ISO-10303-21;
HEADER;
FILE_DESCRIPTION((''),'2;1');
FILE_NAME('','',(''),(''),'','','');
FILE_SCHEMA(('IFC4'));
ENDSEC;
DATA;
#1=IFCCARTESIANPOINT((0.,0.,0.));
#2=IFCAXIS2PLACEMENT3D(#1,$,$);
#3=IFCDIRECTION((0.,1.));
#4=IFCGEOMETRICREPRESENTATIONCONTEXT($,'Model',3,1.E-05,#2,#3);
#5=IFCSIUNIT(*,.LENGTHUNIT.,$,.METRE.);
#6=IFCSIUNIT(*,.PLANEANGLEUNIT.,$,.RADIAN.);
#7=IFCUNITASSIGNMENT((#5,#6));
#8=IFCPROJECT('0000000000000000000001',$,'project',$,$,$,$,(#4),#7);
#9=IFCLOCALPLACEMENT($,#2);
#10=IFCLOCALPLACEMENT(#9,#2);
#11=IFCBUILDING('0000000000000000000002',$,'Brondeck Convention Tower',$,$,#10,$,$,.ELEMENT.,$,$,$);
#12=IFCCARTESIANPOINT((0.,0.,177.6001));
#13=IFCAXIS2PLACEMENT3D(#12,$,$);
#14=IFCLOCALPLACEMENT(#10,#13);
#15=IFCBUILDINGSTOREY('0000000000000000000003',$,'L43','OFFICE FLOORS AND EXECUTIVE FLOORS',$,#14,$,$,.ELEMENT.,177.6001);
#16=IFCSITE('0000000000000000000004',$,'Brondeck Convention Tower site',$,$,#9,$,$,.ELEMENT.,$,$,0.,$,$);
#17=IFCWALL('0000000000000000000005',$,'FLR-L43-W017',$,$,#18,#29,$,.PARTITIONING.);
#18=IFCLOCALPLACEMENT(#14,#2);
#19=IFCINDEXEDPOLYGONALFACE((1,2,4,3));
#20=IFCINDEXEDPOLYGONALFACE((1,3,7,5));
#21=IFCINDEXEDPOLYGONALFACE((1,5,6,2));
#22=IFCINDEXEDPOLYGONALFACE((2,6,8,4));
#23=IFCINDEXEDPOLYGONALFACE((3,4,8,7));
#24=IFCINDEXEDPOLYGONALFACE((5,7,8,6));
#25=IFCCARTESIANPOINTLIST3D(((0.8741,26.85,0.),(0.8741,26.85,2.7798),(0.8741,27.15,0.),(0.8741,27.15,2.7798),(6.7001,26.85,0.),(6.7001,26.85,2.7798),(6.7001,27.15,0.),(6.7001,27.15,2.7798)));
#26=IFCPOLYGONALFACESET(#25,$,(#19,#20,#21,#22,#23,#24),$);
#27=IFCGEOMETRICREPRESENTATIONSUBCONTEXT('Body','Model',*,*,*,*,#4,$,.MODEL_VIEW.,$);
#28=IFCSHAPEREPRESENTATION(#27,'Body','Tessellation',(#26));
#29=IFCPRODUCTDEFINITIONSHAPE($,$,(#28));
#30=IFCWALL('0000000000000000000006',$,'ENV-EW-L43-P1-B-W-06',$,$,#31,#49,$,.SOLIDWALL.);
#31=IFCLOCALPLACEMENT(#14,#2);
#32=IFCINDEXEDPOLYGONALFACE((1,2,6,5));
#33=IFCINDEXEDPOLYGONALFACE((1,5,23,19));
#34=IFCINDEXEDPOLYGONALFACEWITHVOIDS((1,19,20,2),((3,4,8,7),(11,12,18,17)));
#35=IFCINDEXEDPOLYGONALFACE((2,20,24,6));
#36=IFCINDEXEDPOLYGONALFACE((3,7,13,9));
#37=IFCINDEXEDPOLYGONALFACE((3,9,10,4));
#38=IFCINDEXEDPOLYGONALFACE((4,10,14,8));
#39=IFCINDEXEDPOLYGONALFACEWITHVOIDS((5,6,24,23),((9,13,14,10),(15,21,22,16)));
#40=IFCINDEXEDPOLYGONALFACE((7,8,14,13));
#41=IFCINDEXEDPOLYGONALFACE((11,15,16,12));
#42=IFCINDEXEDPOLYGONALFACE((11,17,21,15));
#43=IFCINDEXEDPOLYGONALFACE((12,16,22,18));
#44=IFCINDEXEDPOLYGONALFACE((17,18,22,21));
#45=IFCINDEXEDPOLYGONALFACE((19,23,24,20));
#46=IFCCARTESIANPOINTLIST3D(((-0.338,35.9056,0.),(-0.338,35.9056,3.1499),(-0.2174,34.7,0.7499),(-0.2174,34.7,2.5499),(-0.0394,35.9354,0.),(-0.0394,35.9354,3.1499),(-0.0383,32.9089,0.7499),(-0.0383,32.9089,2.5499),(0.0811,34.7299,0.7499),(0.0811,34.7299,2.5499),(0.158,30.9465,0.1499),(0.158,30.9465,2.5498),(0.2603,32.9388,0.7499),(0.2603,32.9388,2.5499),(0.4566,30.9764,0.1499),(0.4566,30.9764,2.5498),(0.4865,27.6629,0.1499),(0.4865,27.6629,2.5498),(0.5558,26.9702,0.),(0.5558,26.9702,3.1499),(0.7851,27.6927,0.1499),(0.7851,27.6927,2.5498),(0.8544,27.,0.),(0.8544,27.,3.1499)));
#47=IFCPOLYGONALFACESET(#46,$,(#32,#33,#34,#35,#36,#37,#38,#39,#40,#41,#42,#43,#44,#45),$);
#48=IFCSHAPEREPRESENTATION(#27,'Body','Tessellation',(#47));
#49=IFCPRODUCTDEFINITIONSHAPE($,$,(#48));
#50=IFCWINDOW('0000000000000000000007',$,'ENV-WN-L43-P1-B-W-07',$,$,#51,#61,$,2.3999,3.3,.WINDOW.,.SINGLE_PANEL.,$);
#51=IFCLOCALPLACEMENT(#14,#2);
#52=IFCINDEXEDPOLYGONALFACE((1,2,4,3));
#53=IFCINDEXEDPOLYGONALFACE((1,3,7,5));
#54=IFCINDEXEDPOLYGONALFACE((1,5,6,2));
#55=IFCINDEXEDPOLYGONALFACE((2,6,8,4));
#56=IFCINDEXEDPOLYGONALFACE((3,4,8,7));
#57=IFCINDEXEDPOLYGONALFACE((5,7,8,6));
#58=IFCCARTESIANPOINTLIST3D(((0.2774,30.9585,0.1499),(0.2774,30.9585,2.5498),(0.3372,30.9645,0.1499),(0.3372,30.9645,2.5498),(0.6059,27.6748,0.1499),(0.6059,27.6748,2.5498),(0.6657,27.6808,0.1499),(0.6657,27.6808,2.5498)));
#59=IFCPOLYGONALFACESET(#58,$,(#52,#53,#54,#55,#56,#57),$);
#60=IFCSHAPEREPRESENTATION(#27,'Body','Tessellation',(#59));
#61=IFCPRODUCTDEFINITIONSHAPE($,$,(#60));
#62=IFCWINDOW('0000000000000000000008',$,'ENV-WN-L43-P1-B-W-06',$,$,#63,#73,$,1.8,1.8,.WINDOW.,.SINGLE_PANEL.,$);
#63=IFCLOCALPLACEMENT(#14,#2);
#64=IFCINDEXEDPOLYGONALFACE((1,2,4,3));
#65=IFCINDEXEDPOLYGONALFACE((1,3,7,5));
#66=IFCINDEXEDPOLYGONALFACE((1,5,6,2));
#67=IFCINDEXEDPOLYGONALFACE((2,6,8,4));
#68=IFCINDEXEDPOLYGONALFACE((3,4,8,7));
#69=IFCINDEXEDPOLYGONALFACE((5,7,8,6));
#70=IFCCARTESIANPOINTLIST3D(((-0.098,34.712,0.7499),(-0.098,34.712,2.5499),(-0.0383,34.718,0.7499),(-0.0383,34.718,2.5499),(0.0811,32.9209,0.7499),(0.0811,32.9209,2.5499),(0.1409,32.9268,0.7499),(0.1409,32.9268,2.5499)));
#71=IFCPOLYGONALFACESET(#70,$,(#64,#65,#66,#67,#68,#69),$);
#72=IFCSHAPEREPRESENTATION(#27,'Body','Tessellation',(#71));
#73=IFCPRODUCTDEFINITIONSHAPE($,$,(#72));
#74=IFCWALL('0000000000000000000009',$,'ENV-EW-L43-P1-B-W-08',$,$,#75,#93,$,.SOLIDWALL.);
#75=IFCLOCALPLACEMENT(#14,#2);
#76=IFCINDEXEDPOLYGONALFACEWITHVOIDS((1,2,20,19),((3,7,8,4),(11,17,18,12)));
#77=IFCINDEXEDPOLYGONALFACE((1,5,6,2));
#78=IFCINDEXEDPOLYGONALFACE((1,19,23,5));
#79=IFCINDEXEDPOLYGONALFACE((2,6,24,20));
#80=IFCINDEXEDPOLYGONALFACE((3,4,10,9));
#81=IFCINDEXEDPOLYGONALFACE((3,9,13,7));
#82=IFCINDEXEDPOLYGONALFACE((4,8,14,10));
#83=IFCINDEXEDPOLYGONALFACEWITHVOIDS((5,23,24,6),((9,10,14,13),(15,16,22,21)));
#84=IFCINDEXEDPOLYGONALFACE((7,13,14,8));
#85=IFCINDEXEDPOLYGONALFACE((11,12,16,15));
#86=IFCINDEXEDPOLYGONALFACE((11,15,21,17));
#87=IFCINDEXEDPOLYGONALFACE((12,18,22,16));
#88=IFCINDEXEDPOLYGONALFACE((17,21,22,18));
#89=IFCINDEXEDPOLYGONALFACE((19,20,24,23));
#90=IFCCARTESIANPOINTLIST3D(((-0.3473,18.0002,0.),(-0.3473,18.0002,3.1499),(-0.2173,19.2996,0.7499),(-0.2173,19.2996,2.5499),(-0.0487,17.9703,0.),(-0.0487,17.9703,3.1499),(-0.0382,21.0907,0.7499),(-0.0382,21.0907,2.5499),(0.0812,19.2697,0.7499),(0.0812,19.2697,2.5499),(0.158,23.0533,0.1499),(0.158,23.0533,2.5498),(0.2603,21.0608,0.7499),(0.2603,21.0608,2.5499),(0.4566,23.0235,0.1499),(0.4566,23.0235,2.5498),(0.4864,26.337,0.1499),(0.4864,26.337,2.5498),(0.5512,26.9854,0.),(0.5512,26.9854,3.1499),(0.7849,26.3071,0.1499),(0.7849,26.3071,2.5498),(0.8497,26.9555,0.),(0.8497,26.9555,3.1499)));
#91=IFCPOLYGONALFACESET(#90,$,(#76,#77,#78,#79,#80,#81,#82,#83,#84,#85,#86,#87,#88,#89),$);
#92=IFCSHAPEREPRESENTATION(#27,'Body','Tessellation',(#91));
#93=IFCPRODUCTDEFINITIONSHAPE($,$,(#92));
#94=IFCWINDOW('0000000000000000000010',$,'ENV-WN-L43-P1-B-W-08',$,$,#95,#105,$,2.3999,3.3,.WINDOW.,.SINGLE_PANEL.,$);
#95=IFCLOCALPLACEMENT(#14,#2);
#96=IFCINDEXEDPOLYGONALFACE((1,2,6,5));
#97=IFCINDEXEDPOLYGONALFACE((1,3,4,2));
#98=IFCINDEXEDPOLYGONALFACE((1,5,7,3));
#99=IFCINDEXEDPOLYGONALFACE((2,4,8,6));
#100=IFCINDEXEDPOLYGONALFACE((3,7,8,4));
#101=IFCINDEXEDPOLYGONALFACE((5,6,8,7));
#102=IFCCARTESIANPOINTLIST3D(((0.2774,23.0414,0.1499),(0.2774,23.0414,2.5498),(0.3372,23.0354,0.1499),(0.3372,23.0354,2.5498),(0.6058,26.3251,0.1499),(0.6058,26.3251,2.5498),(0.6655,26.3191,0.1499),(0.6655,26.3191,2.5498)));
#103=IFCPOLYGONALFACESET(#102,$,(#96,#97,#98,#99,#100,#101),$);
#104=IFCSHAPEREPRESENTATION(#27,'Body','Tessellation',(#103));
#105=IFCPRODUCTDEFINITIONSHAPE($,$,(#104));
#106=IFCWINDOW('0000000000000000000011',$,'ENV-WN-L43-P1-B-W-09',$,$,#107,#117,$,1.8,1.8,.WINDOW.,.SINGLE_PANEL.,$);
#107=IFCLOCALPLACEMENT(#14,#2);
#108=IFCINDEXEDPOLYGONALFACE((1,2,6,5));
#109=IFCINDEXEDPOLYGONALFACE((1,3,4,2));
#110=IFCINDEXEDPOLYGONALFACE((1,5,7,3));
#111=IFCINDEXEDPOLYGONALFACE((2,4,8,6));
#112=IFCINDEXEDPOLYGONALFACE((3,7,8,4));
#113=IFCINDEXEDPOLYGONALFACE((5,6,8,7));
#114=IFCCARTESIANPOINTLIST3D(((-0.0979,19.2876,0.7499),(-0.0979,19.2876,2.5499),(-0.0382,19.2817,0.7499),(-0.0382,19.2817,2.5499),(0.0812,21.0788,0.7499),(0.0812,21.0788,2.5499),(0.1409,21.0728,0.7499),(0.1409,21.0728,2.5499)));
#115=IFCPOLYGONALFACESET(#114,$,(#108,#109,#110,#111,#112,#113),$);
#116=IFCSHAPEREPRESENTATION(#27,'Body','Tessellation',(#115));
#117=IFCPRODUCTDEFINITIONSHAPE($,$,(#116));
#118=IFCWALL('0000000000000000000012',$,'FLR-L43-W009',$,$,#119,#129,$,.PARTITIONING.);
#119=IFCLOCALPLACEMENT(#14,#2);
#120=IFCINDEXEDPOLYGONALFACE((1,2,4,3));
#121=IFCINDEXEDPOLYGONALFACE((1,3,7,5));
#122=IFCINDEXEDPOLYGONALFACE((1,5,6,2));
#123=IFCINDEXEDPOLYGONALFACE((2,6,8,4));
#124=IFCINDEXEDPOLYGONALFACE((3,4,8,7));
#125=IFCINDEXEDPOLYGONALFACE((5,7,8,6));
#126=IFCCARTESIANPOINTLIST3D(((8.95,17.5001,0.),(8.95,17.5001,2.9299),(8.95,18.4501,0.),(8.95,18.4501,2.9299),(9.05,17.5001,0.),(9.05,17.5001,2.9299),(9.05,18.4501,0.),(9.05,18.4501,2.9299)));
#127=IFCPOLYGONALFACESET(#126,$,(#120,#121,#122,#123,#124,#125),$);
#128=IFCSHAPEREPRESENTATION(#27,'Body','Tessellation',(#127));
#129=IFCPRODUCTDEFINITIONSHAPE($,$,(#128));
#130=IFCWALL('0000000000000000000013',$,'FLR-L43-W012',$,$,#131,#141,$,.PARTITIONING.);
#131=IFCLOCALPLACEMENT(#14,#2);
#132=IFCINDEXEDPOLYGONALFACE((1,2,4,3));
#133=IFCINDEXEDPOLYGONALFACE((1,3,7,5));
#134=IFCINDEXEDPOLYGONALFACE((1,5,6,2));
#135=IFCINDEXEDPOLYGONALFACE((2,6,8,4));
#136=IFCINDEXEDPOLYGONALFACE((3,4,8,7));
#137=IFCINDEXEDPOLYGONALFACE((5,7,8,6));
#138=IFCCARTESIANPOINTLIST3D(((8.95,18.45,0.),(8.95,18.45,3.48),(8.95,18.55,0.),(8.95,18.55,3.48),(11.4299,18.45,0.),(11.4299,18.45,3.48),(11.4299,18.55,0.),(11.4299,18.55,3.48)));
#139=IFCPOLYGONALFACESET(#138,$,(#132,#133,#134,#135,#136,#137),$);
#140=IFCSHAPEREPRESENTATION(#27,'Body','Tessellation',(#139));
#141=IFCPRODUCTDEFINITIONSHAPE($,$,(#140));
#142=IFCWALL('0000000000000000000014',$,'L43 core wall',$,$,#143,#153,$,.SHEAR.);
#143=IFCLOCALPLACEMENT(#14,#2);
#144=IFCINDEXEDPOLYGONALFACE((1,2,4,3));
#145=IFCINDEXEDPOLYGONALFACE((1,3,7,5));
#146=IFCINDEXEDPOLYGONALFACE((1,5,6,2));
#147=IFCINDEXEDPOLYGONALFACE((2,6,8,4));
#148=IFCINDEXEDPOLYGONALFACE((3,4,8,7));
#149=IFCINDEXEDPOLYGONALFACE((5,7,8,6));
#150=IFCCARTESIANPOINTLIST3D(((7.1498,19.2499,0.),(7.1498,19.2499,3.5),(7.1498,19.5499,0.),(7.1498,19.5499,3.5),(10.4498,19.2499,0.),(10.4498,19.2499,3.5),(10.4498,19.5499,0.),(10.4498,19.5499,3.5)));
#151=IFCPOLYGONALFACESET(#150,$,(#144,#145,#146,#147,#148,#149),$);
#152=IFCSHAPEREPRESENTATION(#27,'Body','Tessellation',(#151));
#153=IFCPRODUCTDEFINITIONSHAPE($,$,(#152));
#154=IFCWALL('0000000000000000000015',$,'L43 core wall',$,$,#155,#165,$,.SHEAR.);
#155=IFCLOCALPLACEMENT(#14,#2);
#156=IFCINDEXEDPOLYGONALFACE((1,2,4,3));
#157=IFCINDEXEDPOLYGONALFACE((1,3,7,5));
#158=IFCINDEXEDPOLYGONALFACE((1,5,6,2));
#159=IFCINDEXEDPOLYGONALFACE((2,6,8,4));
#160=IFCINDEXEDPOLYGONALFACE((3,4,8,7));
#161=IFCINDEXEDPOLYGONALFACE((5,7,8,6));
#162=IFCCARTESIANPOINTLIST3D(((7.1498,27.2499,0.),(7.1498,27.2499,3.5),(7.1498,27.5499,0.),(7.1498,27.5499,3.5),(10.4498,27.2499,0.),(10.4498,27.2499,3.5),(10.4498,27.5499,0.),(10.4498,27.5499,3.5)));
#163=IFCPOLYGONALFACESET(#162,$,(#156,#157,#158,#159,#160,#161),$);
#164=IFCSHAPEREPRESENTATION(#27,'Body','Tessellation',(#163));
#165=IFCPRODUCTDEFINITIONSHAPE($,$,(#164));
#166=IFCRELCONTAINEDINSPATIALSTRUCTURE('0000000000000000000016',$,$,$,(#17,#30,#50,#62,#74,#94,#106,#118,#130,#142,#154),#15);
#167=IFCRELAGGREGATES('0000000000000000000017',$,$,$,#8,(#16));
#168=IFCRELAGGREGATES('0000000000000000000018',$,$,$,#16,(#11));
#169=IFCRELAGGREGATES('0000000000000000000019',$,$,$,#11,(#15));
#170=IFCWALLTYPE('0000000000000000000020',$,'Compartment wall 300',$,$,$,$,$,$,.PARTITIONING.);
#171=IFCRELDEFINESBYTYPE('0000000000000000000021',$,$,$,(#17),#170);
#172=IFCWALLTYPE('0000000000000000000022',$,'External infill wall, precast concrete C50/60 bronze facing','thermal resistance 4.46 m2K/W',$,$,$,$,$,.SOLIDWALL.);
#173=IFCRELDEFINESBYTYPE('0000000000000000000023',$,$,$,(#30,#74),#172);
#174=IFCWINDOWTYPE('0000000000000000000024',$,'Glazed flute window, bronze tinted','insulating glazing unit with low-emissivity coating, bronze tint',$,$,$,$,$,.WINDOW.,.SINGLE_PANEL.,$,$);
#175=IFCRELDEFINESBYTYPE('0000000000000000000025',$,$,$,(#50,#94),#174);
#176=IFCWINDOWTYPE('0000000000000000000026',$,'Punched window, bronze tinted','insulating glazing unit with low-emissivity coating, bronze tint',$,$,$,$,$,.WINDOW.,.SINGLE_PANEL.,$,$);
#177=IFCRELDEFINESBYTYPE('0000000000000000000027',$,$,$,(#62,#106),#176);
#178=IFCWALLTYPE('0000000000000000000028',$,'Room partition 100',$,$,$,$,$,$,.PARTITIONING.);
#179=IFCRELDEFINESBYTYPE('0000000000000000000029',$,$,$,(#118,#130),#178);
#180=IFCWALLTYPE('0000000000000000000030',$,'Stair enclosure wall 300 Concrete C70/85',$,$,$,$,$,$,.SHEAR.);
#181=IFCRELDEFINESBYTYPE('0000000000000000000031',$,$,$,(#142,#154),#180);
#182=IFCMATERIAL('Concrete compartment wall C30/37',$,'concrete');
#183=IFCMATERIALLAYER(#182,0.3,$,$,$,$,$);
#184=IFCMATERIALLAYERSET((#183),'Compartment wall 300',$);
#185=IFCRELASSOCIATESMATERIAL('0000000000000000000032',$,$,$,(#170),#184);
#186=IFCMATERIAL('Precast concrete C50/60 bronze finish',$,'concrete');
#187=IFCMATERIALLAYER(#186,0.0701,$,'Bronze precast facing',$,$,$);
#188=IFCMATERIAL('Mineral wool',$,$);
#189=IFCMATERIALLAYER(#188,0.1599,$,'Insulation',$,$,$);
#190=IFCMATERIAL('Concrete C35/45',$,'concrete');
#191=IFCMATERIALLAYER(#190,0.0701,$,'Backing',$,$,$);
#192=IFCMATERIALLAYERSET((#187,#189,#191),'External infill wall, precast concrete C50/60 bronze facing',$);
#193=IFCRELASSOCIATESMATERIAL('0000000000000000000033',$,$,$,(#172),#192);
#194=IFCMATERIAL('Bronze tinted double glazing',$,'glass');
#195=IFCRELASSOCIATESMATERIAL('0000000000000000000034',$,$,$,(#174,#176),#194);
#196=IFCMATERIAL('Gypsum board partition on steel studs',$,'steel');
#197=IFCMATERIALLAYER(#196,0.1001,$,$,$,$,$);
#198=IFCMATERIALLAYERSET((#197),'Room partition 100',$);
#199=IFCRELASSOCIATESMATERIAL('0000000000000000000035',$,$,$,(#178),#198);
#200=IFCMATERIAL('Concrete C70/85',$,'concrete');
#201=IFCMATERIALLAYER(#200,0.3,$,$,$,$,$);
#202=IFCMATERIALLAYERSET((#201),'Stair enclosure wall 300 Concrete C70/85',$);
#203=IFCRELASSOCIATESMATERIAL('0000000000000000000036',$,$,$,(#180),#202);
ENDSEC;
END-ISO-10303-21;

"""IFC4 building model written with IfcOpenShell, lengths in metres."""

from ifc_helpers import new_model, si_unit, direction, frame, frame_2d, origin, place, context, subcontext, project, spatial, rectangle, extrude, material, layer, layer_set, type_object, element, fill, save


model = new_model("IFC4")

# Units and contexts
model_context = context("Model", 3, precision=1e-05, world=origin(), true_north=direction((0.0, 1.0)))
body_context = subcontext(model_context, "Body", "Model", "MODEL_VIEW")
ifc_project = project(units=[si_unit("LENGTHUNIT", "METRE"), si_unit("PLANEANGLEUNIT", "RADIAN")], contexts=[model_context])

# Site, building, storey
site_placement = place(None, origin())
site = spatial("IfcSite", under=ifc_project, at=site_placement, Name="Brondeck Convention Tower site", CompositionType="ELEMENT", RefElevation=0.0)
building_placement = place(site_placement, origin())
building = spatial("IfcBuilding", under=site, at=building_placement, Name="Brondeck Convention Tower", CompositionType="ELEMENT")
storey_placement = place(building_placement, frame((0.0, 0.0, 177.6001)))
storey = spatial("IfcBuildingStorey", under=building, at=storey_placement, Name="L43", Description="OFFICE FLOORS AND EXECUTIVE FLOORS", CompositionType="ELEMENT", Elevation=177.6001)

# Shared definitions
ifc_material_1 = material(Name="Concrete C70/85", Category="concrete")

# Wall
ifc_material_2 = material(Name="Concrete compartment wall C30/37", Category="concrete")
ifc_layer_1 = layer(ifc_material_2, 0.3)
ifc_layer_set_1 = layer_set([ifc_layer_1], Name="Compartment wall 300")
wall_type_1 = type_object("IfcWallType", Name="Compartment wall 300", PredefinedType="PARTITIONING", material=ifc_layer_set_1)
wall_1_placement = place(storey_placement, frame((0.874, 27.0, 0.0), z_axis=(0.0, 0.0, 1.0), x_axis=(1.0, 0.0, 0.0)))
element("IfcWall", 1, at=wall_1_placement, inside=storey, type_object=wall_type_1, Name="FLR-L43-W017", PredefinedType="PARTITIONING", context=body_context, shape_type="SweptSolid", body=[
    extrude(rectangle(XDim=5.8259, YDim=0.3, at=frame_2d((2.9131, 0.0))), origin(), (0.0, 0.0, 1.0), 2.7798),
])

# Walls, openings, windows
ifc_material_3 = material(Name="Precast concrete C50/60 bronze finish", Category="concrete")
ifc_layer_2 = layer(ifc_material_3, 0.0701, Name="Bronze precast facing")
ifc_material_4 = material(Name="Mineral wool")
ifc_layer_3 = layer(ifc_material_4, 0.1599, Name="Insulation")
ifc_material_5 = material(Name="Concrete C35/45", Category="concrete")
ifc_layer_4 = layer(ifc_material_5, 0.0701, Name="Backing")
ifc_layer_set_2 = layer_set([ifc_layer_2, ifc_layer_3, ifc_layer_4], Name="External infill wall, precast concrete C50/60 bronze facing")
wall_type_2 = type_object("IfcWallType", Name="External infill wall, precast concrete C50/60 bronze facing", Description="thermal resistance 4.46 m2K/W", PredefinedType="SOLIDWALL", material=ifc_layer_set_2)
wall_2_placement = place(storey_placement, frame((0.7051, 26.9851, 0.0), z_axis=(0.0, 0.0, 1.0), x_axis=(-0.099533, 0.995034, 0.0)))
wall_2 = element("IfcWall", 2, at=wall_2_placement, inside=storey, type_object=wall_type_2, Name="ENV-EW-L43-P1-B-W-06", PredefinedType="SOLIDWALL", context=body_context, shape_type="SweptSolid", body=[
    extrude(rectangle(XDim=8.98, YDim=0.3, at=frame_2d((4.49, 0.0))), origin(), (0.0, 0.0, 1.0), 3.1499),
])
opening_1_placement = place(wall_2_placement, frame((0.6963, 0.0, 0.1499)))
opening_1 = element("IfcOpeningElement", 3, at=opening_1_placement, cuts=wall_2, PredefinedType="OPENING", context=body_context, shape_type="SweptSolid", body=[
    extrude(rectangle(XDim=3.3, YDim=2.3999, at=frame_2d((1.6499, 1.2))), frame((0.0, 0.1599, 0.0), z_axis=(0.0, -1.0, 0.0), x_axis=(1.0, 0.0, 0.0)), (0.0, 0.0, 1.0), 0.3201),
])
opening_2_placement = place(wall_2_placement, frame((5.9685, 0.0, 0.75)))
opening_2 = element("IfcOpeningElement", 4, at=opening_2_placement, cuts=wall_2, PredefinedType="OPENING", context=body_context, shape_type="SweptSolid", body=[
    extrude(rectangle(XDim=1.8, YDim=1.8, at=frame_2d((0.8999, 0.8999))), frame((0.0, 0.1599, 0.0), z_axis=(0.0, -1.0, 0.0), x_axis=(1.0, 0.0, 0.0)), (0.0, 0.0, 1.0), 0.3201),
])
ifc_material_6 = material(Name="Bronze tinted double glazing", Category="glass")
window_type_1 = type_object("IfcWindowType", Name="Glazed flute window, bronze tinted", Description="insulating glazing unit with low-emissivity coating, bronze tint", PartitioningType="SINGLE_PANEL", PredefinedType="WINDOW", material=ifc_material_6)
window_1_placement = place(opening_1_placement, origin())
window_1 = element("IfcWindow", 5, at=window_1_placement, inside=storey, type_object=window_type_1, Name="ENV-WN-L43-P1-B-W-07", OverallHeight=2.3999, OverallWidth=3.3, PartitioningType="SINGLE_PANEL", PredefinedType="WINDOW", context=body_context, shape_type="SweptSolid", body=[
    extrude(rectangle(XDim=3.3, YDim=2.3999, at=frame_2d((1.6499, 1.2))), frame((0.0, 0.03, 0.0), z_axis=(0.0, -1.0, 0.0), x_axis=(1.0, 0.0, 0.0)), (0.0, 0.0, 1.0), 0.0601),
])
fill(opening_1, window_1)
window_type_2 = type_object("IfcWindowType", Name="Punched window, bronze tinted", Description="insulating glazing unit with low-emissivity coating, bronze tint", PartitioningType="SINGLE_PANEL", PredefinedType="WINDOW", material=ifc_material_6)
window_2_placement = place(opening_2_placement, origin())
window_2 = element("IfcWindow", 6, at=window_2_placement, inside=storey, type_object=window_type_2, Name="ENV-WN-L43-P1-B-W-06", OverallHeight=1.8, OverallWidth=1.8, PartitioningType="SINGLE_PANEL", PredefinedType="WINDOW", context=body_context, shape_type="SweptSolid", body=[
    extrude(rectangle(XDim=1.8, YDim=1.8, at=frame_2d((0.8999, 0.8999))), frame((0.0, 0.03, 0.0), z_axis=(0.0, -1.0, 0.0), x_axis=(1.0, 0.0, 0.0)), (0.0, 0.0, 1.0), 0.0601),
])
fill(opening_2, window_2)
wall_3_placement = place(storey_placement, frame((-0.198, 17.9851, 0.0), z_axis=(0.0, 0.0, 1.0), x_axis=(0.099496, 0.995038, 0.0)))
wall_3 = element("IfcWall", 7, at=wall_3_placement, inside=storey, type_object=wall_type_2, Name="ENV-EW-L43-P1-B-W-08", PredefinedType="SOLIDWALL", context=body_context, shape_type="SweptSolid", body=[
    extrude(rectangle(XDim=9.03, YDim=0.3, at=frame_2d((4.5151, 0.0))), origin(), (0.0, 0.0, 1.0), 3.1499),
])
opening_3_placement = place(wall_3_placement, frame((1.3062, 0.0, 0.75)))
opening_3 = element("IfcOpeningElement", 8, at=opening_3_placement, cuts=wall_3, PredefinedType="OPENING", context=body_context, shape_type="SweptSolid", body=[
    extrude(rectangle(XDim=1.8, YDim=1.8, at=frame_2d((0.8999, 0.8999))), frame((0.0, 0.1599, 0.0), z_axis=(0.0, -1.0, 0.0), x_axis=(1.0, 0.0, 0.0)), (0.0, 0.0, 1.0), 0.3201),
])
opening_4_placement = place(wall_3_placement, frame((5.0786, 0.0, 0.1499)))
opening_4 = element("IfcOpeningElement", 9, at=opening_4_placement, cuts=wall_3, PredefinedType="OPENING", context=body_context, shape_type="SweptSolid", body=[
    extrude(rectangle(XDim=3.3, YDim=2.3999, at=frame_2d((1.6499, 1.2))), frame((0.0, 0.1599, 0.0), z_axis=(0.0, -1.0, 0.0), x_axis=(1.0, 0.0, 0.0)), (0.0, 0.0, 1.0), 0.3201),
])
window_3_placement = place(opening_4_placement, origin())
window_3 = element("IfcWindow", 10, at=window_3_placement, inside=storey, type_object=window_type_1, Name="ENV-WN-L43-P1-B-W-08", OverallHeight=2.3999, OverallWidth=3.3, PartitioningType="SINGLE_PANEL", PredefinedType="WINDOW", context=body_context, shape_type="SweptSolid", body=[
    extrude(rectangle(XDim=3.3, YDim=2.3999, at=frame_2d((1.6499, 1.2))), frame((0.0, 0.03, 0.0), z_axis=(0.0, -1.0, 0.0), x_axis=(1.0, 0.0, 0.0)), (0.0, 0.0, 1.0), 0.0601),
])
fill(opening_4, window_3)
window_4_placement = place(opening_3_placement, origin())
window_4 = element("IfcWindow", 11, at=window_4_placement, inside=storey, type_object=window_type_2, Name="ENV-WN-L43-P1-B-W-09", OverallHeight=1.8, OverallWidth=1.8, PartitioningType="SINGLE_PANEL", PredefinedType="WINDOW", context=body_context, shape_type="SweptSolid", body=[
    extrude(rectangle(XDim=1.8, YDim=1.8, at=frame_2d((0.8999, 0.8999))), frame((0.0, 0.03, 0.0), z_axis=(0.0, -1.0, 0.0), x_axis=(1.0, 0.0, 0.0)), (0.0, 0.0, 1.0), 0.0601),
])
fill(opening_3, window_4)

# Walls
ifc_material_7 = material(Name="Gypsum board partition on steel studs", Category="steel")
ifc_layer_5 = layer(ifc_material_7, 0.1001)
ifc_layer_set_3 = layer_set([ifc_layer_5], Name="Room partition 100")
wall_type_3 = type_object("IfcWallType", Name="Room partition 100", PredefinedType="PARTITIONING", material=ifc_layer_set_3)
wall_4_placement = place(storey_placement, frame((9.0, 17.5, 0.0), z_axis=(0.0, 0.0, 1.0), x_axis=(0.0, 1.0, 0.0)))
element("IfcWall", 12, at=wall_4_placement, inside=storey, type_object=wall_type_3, Name="FLR-L43-W009", PredefinedType="PARTITIONING", context=body_context, shape_type="SweptSolid", body=[
    extrude(rectangle(XDim=0.95, YDim=0.1001, at=frame_2d((0.4751, 0.0))), origin(), (0.0, 0.0, 1.0), 2.9299),
])
wall_5_placement = place(storey_placement, frame((8.95, 18.5, 0.0), z_axis=(0.0, 0.0, 1.0), x_axis=(1.0, 0.0, 0.0)))
element("IfcWall", 13, at=wall_5_placement, inside=storey, type_object=wall_type_3, Name="FLR-L43-W012", PredefinedType="PARTITIONING", context=body_context, shape_type="SweptSolid", body=[
    extrude(rectangle(XDim=2.48, YDim=0.1001, at=frame_2d((1.24, 0.0))), origin(), (0.0, 0.0, 1.0), 3.48),
])
ifc_layer_6 = layer(ifc_material_1, 0.3)
ifc_layer_set_4 = layer_set([ifc_layer_6], Name="Stair enclosure wall 300 Concrete C70/85")
wall_type_4 = type_object("IfcWallType", Name="Stair enclosure wall 300 Concrete C70/85", PredefinedType="SHEAR", material=ifc_layer_set_4)
for number, where, z_axis, x_axis, name in (
    (14, (7.1499, 19.3999, 0.0), (0.0, 0.0, 1.0), (1.0, 0.0, 0.0), "L43 core wall"),
    (15, (7.1499, 27.3999, 0.0), (0.0, 0.0, 1.0), (1.0, 0.0, 0.0), "L43 core wall"),
):
    element("IfcWall", number, at=place(storey_placement, frame(where, z_axis=z_axis, x_axis=x_axis)), inside=storey, type_object=wall_type_4, Name=name, PredefinedType="SHEAR", context=body_context, shape_type="SweptSolid", body=[
        extrude(rectangle(XDim=3.3, YDim=0.3, at=frame_2d((1.6499, 0.0))), origin(), (0.0, 0.0, 1.0), 3.5),
    ])

save(model, "model.ifc")
